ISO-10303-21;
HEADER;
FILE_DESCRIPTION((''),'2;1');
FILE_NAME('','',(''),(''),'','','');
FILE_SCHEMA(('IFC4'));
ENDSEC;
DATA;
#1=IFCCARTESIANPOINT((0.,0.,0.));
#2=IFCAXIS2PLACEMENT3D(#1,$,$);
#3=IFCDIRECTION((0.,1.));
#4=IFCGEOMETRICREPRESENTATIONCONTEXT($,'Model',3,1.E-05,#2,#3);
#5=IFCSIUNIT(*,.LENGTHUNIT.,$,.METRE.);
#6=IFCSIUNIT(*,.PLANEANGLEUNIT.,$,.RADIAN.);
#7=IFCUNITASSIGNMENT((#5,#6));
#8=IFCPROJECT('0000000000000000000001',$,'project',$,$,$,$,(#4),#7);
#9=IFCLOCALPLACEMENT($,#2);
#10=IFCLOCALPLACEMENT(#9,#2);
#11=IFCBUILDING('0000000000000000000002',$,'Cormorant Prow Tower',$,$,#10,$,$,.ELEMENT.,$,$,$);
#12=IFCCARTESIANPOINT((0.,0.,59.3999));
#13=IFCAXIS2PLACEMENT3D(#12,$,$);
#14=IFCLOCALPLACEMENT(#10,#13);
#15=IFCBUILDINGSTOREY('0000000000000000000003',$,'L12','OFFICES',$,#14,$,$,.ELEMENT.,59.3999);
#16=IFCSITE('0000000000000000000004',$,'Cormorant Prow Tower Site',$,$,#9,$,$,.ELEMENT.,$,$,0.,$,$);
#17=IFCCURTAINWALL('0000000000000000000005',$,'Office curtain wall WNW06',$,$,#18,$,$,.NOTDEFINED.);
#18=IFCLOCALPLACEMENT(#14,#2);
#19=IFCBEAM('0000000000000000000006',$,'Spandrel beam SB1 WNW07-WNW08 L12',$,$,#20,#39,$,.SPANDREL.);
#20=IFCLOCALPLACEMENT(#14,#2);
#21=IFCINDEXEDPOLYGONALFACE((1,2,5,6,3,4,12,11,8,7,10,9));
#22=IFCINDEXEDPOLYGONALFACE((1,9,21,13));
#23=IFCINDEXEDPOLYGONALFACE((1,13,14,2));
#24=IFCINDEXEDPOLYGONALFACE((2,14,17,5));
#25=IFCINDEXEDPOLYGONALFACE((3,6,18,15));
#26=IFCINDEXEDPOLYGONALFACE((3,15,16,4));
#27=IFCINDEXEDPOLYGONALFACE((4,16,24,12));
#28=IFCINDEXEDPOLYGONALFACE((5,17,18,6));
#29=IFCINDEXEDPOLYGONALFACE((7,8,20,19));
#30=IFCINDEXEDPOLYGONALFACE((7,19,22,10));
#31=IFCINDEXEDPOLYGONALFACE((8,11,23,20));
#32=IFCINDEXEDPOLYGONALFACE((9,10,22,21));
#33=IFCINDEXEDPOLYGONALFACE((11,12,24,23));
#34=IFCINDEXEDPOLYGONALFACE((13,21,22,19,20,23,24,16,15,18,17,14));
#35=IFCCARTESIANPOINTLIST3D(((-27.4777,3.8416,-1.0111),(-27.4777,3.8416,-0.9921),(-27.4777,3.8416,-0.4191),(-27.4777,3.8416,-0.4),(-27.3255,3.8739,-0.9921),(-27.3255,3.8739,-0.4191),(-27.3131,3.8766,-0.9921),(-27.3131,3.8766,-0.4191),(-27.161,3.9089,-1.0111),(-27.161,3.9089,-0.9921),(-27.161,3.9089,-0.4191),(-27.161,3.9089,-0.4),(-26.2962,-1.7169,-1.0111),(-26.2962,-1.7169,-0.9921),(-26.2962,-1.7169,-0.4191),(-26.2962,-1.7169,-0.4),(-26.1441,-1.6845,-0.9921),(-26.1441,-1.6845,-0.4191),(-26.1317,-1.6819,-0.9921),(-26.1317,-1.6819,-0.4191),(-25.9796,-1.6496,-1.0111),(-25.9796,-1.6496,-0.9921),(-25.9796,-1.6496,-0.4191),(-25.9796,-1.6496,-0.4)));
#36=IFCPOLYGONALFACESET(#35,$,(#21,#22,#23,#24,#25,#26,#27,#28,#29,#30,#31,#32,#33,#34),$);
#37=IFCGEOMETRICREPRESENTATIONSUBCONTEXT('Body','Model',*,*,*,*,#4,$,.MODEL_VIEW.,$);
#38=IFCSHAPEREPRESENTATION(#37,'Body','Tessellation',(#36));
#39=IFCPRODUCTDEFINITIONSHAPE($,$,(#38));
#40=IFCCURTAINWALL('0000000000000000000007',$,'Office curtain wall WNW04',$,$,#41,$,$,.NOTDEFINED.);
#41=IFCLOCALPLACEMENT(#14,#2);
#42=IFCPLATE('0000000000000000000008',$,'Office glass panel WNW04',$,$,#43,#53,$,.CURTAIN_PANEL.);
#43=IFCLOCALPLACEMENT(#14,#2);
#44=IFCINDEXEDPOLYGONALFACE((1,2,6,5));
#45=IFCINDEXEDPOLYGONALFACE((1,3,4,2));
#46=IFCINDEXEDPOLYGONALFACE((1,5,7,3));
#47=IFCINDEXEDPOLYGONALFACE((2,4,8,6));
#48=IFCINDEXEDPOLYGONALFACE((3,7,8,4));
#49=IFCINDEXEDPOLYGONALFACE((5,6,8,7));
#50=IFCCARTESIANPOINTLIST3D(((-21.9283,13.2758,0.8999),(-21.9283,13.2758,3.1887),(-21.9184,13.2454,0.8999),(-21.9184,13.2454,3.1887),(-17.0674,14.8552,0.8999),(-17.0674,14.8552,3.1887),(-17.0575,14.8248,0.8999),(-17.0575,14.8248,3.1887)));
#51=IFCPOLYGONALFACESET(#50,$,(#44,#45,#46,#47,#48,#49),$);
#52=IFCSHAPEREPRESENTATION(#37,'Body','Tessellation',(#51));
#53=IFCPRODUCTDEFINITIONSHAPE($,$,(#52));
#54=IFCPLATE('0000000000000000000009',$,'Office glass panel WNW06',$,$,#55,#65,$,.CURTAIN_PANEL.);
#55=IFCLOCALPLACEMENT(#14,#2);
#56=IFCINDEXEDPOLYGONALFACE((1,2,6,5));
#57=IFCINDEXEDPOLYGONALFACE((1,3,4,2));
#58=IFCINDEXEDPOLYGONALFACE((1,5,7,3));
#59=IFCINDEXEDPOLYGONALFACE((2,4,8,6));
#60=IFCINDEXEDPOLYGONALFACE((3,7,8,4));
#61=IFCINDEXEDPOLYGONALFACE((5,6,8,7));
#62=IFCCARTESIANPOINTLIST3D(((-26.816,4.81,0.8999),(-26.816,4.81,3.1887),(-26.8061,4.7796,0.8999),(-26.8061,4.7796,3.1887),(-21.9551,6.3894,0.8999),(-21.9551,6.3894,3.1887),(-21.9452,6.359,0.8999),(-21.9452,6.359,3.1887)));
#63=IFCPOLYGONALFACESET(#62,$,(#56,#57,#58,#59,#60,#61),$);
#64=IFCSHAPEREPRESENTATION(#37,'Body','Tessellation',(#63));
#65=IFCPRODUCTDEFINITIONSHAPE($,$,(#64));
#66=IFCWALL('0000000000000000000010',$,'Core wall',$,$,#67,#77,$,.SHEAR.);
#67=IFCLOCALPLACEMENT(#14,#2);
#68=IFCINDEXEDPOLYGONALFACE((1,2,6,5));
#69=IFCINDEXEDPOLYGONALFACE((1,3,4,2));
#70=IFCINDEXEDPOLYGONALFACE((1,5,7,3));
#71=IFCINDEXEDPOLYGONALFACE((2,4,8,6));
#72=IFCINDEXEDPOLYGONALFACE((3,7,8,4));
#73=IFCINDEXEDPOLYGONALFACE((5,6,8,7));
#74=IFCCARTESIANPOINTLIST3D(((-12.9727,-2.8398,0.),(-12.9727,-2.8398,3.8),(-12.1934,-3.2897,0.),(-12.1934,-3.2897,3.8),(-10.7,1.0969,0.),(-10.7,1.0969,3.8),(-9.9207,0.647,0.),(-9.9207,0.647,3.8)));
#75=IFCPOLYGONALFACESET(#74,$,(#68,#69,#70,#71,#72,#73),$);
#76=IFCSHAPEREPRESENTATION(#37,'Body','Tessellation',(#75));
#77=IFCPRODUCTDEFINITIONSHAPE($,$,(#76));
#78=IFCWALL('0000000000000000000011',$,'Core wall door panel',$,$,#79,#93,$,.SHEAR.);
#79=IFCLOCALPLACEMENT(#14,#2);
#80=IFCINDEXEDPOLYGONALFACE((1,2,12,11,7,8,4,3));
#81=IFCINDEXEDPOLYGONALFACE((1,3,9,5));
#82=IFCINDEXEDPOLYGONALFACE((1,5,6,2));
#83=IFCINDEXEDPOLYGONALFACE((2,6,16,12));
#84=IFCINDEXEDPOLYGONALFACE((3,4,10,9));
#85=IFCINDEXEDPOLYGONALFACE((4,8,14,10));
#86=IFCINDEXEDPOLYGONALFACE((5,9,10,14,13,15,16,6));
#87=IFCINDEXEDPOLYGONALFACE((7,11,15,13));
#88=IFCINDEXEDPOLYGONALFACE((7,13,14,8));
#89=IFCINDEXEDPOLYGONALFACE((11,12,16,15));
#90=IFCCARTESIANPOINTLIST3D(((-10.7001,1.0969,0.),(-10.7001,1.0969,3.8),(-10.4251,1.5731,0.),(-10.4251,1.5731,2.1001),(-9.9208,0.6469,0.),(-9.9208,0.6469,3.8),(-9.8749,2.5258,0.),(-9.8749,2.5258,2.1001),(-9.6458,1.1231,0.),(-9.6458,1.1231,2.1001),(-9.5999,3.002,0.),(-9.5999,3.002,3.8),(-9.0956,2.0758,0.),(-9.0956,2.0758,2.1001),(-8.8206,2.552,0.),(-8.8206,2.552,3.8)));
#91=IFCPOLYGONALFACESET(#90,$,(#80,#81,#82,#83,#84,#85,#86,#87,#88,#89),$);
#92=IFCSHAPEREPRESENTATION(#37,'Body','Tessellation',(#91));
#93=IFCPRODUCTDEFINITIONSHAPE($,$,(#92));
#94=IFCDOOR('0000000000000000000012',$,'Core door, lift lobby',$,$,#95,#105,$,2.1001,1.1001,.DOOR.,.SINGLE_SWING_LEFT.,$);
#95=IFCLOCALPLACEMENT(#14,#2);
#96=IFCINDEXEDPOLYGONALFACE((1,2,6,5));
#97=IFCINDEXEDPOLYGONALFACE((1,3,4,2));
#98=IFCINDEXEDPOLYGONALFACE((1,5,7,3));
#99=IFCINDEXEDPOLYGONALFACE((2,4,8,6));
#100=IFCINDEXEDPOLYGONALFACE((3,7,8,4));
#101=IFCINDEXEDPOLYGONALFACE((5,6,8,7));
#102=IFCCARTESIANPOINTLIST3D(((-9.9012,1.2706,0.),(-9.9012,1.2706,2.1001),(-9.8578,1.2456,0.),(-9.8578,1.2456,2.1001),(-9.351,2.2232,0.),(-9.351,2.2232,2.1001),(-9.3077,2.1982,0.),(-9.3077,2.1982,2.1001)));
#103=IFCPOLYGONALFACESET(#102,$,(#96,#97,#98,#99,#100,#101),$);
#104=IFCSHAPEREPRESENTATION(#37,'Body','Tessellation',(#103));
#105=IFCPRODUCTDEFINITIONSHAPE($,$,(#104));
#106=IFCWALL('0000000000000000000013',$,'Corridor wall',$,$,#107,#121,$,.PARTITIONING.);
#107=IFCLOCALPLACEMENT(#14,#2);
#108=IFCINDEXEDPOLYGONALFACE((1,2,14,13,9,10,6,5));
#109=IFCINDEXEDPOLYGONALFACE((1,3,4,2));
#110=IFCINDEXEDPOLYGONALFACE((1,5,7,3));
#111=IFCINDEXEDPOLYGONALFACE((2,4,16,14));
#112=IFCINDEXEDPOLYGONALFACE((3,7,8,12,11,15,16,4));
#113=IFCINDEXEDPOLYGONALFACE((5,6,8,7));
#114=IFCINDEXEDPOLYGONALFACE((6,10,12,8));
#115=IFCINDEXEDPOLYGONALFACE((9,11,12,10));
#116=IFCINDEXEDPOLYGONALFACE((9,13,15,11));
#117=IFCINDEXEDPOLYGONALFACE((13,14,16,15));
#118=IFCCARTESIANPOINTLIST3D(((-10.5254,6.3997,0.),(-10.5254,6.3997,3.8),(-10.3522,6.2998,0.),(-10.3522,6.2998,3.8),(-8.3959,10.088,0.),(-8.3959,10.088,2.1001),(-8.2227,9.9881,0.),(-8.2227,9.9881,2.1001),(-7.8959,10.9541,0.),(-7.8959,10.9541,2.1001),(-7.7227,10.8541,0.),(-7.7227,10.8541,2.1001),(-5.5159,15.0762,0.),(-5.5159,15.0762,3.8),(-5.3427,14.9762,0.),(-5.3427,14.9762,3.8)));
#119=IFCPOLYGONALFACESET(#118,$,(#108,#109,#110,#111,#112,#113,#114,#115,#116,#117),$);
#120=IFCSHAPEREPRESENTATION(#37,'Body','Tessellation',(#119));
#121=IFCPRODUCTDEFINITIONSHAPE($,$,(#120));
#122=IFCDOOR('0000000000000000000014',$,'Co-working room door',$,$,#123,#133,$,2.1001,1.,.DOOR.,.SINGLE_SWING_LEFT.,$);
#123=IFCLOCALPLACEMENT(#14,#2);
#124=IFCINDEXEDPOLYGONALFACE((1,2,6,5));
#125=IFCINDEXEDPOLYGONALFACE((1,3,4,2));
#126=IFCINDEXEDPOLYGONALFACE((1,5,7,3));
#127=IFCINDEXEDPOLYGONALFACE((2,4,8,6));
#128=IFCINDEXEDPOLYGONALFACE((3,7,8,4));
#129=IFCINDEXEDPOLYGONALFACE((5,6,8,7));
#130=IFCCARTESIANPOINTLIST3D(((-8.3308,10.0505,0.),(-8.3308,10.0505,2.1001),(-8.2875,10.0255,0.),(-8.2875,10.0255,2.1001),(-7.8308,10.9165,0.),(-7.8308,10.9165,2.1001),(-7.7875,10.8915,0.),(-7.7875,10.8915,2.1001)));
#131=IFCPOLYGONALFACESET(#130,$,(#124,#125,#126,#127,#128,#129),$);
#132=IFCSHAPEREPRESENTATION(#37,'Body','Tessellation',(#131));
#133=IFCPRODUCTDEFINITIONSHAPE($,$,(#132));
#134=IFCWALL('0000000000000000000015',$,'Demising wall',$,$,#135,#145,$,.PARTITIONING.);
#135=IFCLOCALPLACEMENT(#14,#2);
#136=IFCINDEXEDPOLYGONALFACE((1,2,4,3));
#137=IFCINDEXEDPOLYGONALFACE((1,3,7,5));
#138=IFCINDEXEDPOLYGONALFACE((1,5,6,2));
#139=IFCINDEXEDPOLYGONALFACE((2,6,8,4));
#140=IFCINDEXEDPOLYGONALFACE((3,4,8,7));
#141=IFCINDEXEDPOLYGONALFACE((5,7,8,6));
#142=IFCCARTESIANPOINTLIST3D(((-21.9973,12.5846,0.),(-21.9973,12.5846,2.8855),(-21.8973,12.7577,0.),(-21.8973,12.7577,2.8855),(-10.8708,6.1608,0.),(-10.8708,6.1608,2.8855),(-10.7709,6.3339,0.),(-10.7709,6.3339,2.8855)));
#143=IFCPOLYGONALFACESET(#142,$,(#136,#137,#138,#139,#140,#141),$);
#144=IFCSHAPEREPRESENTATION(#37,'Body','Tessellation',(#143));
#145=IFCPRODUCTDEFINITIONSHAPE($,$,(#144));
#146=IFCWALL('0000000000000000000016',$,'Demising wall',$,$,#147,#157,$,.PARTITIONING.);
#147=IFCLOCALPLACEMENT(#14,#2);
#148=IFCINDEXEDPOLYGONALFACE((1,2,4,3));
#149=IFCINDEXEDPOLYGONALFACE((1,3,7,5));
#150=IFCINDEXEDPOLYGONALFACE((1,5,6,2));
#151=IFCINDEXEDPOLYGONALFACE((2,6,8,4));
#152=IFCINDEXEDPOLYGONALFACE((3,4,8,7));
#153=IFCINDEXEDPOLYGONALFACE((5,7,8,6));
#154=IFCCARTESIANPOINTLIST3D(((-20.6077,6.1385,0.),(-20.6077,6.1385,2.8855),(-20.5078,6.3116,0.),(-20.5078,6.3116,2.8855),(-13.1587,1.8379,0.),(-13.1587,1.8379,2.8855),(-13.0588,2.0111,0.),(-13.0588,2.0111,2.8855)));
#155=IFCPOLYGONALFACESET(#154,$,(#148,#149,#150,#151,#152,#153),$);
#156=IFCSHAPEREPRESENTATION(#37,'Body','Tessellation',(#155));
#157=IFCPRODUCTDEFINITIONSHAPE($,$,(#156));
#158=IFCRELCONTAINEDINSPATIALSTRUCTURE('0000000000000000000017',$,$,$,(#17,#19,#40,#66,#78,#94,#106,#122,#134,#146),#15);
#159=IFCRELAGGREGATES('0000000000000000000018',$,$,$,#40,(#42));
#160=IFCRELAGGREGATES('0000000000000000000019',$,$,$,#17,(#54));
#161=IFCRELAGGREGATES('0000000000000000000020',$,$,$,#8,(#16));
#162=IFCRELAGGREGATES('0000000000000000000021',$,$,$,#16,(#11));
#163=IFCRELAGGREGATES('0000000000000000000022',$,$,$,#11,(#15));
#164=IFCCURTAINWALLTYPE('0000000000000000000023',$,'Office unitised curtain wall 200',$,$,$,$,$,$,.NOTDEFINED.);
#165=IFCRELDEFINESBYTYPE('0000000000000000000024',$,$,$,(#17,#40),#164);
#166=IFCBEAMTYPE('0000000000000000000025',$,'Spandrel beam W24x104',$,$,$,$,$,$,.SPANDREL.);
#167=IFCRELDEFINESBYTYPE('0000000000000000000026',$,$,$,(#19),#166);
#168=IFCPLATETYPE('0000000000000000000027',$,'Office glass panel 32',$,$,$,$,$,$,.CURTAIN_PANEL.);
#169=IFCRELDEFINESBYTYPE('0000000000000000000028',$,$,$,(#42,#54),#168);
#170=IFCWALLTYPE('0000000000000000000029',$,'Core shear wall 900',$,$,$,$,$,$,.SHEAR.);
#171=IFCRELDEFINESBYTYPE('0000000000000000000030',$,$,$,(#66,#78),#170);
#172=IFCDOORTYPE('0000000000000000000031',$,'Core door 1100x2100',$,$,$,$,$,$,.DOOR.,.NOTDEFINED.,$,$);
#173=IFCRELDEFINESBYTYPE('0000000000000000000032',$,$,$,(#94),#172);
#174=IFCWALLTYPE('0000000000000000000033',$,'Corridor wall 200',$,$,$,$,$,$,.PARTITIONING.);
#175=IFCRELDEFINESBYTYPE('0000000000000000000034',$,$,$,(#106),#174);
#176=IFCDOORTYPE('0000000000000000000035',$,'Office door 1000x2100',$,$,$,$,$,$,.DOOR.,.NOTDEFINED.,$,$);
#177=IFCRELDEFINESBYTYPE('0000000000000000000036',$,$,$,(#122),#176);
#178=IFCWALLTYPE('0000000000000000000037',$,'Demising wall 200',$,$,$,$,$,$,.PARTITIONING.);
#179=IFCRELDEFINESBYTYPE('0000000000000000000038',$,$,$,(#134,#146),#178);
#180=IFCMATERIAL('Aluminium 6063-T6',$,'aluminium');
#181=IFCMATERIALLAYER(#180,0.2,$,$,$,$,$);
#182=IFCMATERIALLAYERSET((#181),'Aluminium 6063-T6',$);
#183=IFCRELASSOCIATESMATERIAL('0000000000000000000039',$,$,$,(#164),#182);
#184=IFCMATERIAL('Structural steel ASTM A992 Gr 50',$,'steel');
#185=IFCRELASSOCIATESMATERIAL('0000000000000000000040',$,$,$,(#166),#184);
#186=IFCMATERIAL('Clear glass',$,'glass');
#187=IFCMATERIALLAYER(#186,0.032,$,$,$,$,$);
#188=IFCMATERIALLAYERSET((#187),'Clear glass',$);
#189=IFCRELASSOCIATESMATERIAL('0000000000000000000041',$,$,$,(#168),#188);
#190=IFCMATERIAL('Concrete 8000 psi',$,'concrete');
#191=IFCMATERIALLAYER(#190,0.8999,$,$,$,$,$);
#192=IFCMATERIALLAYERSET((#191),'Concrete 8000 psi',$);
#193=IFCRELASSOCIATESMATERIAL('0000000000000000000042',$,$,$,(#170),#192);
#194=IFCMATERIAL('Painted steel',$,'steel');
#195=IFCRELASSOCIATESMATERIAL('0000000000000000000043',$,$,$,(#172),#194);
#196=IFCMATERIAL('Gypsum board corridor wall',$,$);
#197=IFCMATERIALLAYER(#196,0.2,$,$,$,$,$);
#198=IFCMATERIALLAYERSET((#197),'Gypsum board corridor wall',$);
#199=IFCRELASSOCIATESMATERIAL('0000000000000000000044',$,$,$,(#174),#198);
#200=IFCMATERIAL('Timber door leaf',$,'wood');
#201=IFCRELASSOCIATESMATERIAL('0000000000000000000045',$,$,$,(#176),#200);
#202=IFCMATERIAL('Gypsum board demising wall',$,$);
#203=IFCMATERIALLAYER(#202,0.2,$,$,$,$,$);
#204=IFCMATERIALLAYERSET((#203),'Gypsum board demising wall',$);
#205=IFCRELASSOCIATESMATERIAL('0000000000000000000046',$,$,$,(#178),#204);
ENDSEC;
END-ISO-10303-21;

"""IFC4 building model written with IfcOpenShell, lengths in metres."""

from ifc_helpers import new_model, si_unit, direction, frame, frame_2d, origin, origin_2d, place, context, subcontext, project, spatial, rectangle, i_section, extrude, material, layer, layer_set, material_profile, profile_set, type_object, element, fill, aggregate, save


model = new_model("IFC4")

# Units and contexts
model_context = context("Model", 3, precision=1e-05, world=origin(), true_north=direction((0.0, 1.0)))
body_context = subcontext(model_context, "Body", "Model", "MODEL_VIEW")
ifc_project = project(units=[si_unit("LENGTHUNIT", "METRE"), si_unit("PLANEANGLEUNIT", "RADIAN")], contexts=[model_context])

# Site, building, storey
site_placement = place(None, origin())
site = spatial("IfcSite", under=ifc_project, at=site_placement, Name="Cormorant Prow Tower Site", CompositionType="ELEMENT", RefElevation=0.0)
building_placement = place(site_placement, origin())
building = spatial("IfcBuilding", under=site, at=building_placement, Name="Cormorant Prow Tower", CompositionType="ELEMENT")
storey_placement = place(building_placement, frame((0.0, 0.0, 59.3999)))
storey = spatial("IfcBuildingStorey", under=building, at=storey_placement, Name="L12", Description="OFFICES", CompositionType="ELEMENT", Elevation=59.3999)

# Curtain wall
ifc_material_1 = material(Name="Aluminium 6063-T6", Category="aluminium")
ifc_layer_1 = layer(ifc_material_1, 0.2)
ifc_layer_set_1 = layer_set([ifc_layer_1], Name="Aluminium 6063-T6")
curtain_wall_type = type_object("IfcCurtainWallType", Name="Office unitised curtain wall 200", PredefinedType="NOTDEFINED", material=ifc_layer_set_1)
curtain_wall_1_placement = place(storey_placement, origin())
curtain_wall_1 = element("IfcCurtainWall", 1, at=curtain_wall_1_placement, inside=storey, type_object=curtain_wall_type, Name="Office curtain wall WNW06", PredefinedType="NOTDEFINED")

# Beam
ifc_material_2 = material(Name="Structural steel ASTM A992 Gr 50", Category="steel")
ifc_material_profile_1 = material_profile(ifc_material_2, i_section(OverallWidth=0.3237, OverallDepth=0.6111, WebThickness=0.0127, FlangeThickness=0.019, at=origin_2d()), Name="W24x104")
ifc_profile_set_1 = profile_set([ifc_material_profile_1], Name="Structural steel ASTM A992 Gr 50")
beam_type_1 = type_object("IfcBeamType", Name="Spandrel beam W24x104", PredefinedType="SPANDREL", material=ifc_profile_set_1)
beam_1_placement = place(storey_placement, frame((-27.3193, 3.8752, -0.7056), z_axis=(0.2079, -0.97815, 0.0), x_axis=(0.97815, 0.2079, 0.0)))
element("IfcBeam", 2, at=beam_1_placement, inside=storey, type_object=beam_type_1, Name="Spandrel beam SB1 WNW07-WNW08 L12", PredefinedType="SPANDREL", context=body_context, shape_type="SweptSolid", body=[
    extrude(i_section(OverallWidth=0.3237, OverallDepth=0.6111, WebThickness=0.0127, FlangeThickness=0.019, at=origin_2d()), origin(), (0.0, 0.0, 1.0), 5.6826),
])

# Curtain wall, plate
curtain_wall_2_placement = place(storey_placement, origin())
curtain_wall_2 = element("IfcCurtainWall", 3, at=curtain_wall_2_placement, inside=storey, type_object=curtain_wall_type, Name="Office curtain wall WNW04", PredefinedType="NOTDEFINED")
ifc_material_3 = material(Name="Clear glass", Category="glass")
ifc_layer_2 = layer(ifc_material_3, 0.032)
ifc_layer_set_2 = layer_set([ifc_layer_2], Name="Clear glass")
plate_type = type_object("IfcPlateType", Name="Office glass panel 32", PredefinedType="CURTAIN_PANEL", material=ifc_layer_set_2)
plate_1_placement = place(storey_placement, frame((-19.4929, 14.0503, 0.8999), z_axis=(0.0, 0.0, 1.0), x_axis=(-0.951056, -0.309017, 0.0)))
plate_1 = element("IfcPlate", 4, at=plate_1_placement, type_object=plate_type, Name="Office glass panel WNW04", PredefinedType="CURTAIN_PANEL", context=body_context, shape_type="SweptSolid", body=[
    extrude(rectangle(XDim=5.1111, YDim=0.032, at=origin_2d()), origin(), (0.0, 0.0, 1.0), 2.2888),
])
aggregate(curtain_wall_2, [plate_1])

# Plate
plate_2_placement = place(storey_placement, frame((-24.3806, 5.5845, 0.8999), z_axis=(0.0, 0.0, 1.0), x_axis=(-0.951057, -0.309017, 0.0)))
plate_2 = element("IfcPlate", 5, at=plate_2_placement, type_object=plate_type, Name="Office glass panel WNW06", PredefinedType="CURTAIN_PANEL", context=body_context, shape_type="SweptSolid", body=[
    extrude(rectangle(XDim=5.1111, YDim=0.032, at=origin_2d()), origin(), (0.0, 0.0, 1.0), 2.2888),
])
aggregate(curtain_wall_1, [plate_2])

# Wall
ifc_material_4 = material(Name="Concrete 8000 psi", Category="concrete")
ifc_layer_3 = layer(ifc_material_4, 0.8999)
ifc_layer_set_3 = layer_set([ifc_layer_3], Name="Concrete 8000 psi")
wall_type_1 = type_object("IfcWallType", Name="Core shear wall 900", PredefinedType="SHEAR", material=ifc_layer_set_3)
wall_1_placement = place(storey_placement, frame((-10.3103, 0.8721, 0.0), z_axis=(0.0, 0.0, 1.0), x_axis=(-0.499969, -0.866043, 0.0)))
element("IfcWall", 6, at=wall_1_placement, inside=storey, type_object=wall_type_1, Name="Core wall", PredefinedType="SHEAR", context=body_context, shape_type="SweptSolid", body=[
    extrude(rectangle(XDim=4.5457, YDim=0.8999, at=frame_2d((2.2729, 0.0))), origin(), (0.0, 0.0, 1.0), 3.8),
])

# Walls, openings, doors
wall_2_placement = place(storey_placement, frame((-9.2102, 2.7771, 0.0), z_axis=(0.0, 0.0, 1.0), x_axis=(-0.500078, -0.86598, 0.0)))
wall_2 = element("IfcWall", 7, at=wall_2_placement, inside=storey, type_object=wall_type_1, Name="Core wall door panel", PredefinedType="SHEAR", context=body_context, shape_type="SweptSolid", body=[
    extrude(rectangle(XDim=2.2, YDim=0.8999, at=frame_2d((1.1001, 0.0))), origin(), (0.0, 0.0, 1.0), 3.8),
])
opening_1_placement = place(wall_2_placement, frame((0.55, 0.0, 0.0)))
opening_1 = element("IfcOpeningElement", 8, at=opening_1_placement, cuts=wall_2, PredefinedType="OPENING", context=body_context, shape_type="SweptSolid", body=[
    extrude(rectangle(XDim=1.1001, YDim=2.1001, at=frame_2d((0.55, 1.05))), frame((0.0, 0.46, 0.0), z_axis=(0.0, -1.0, 0.0), x_axis=(1.0, 0.0, 0.0)), (0.0, 0.0, 1.0), 0.9199),
])
ifc_material_5 = material(Name="Painted steel", Category="steel")
door_type_1 = type_object("IfcDoorType", Name="Core door 1100x2100", OperationType="NOTDEFINED", PredefinedType="DOOR", material=ifc_material_5)
door_1_placement = place(opening_1_placement, origin())
door_1 = element("IfcDoor", 9, at=door_1_placement, inside=storey, type_object=door_type_1, Name="Core door, lift lobby", OperationType="SINGLE_SWING_LEFT", OverallHeight=2.1001, OverallWidth=1.1001, PredefinedType="DOOR", context=body_context, shape_type="SweptSolid", body=[
    extrude(rectangle(XDim=1.1001, YDim=2.1001, at=frame_2d((0.55, 1.05))), frame((0.0, 0.2051, 0.0), z_axis=(0.0, -1.0, 0.0), x_axis=(1.0, 0.0, 0.0)), (0.0, 0.0, 1.0), 0.05),
])
fill(opening_1, door_1)
ifc_material_6 = material(Name="Gypsum board corridor wall")
ifc_layer_4 = layer(ifc_material_6, 0.2)
ifc_layer_set_4 = layer_set([ifc_layer_4], Name="Gypsum board corridor wall")
wall_type_2 = type_object("IfcWallType", Name="Corridor wall 200", PredefinedType="PARTITIONING", material=ifc_layer_set_4)
wall_3_placement = place(storey_placement, frame((-10.4387, 6.3499, 0.0), z_axis=(0.0, 0.0, 1.0), x_axis=(0.50001, 0.86602, 0.0)))
wall_3 = element("IfcWall", 10, at=wall_3_placement, inside=storey, type_object=wall_type_2, Name="Corridor wall", PredefinedType="PARTITIONING", context=body_context, shape_type="SweptSolid", body=[
    extrude(rectangle(XDim=10.0188, YDim=0.2, at=frame_2d((5.0093, 0.0))), origin(), (0.0, 0.0, 1.0), 3.8),
])
opening_2_placement = place(wall_3_placement, frame((4.2588, 0.0, 0.0)))
opening_2 = element("IfcOpeningElement", 11, at=opening_2_placement, cuts=wall_3, PredefinedType="OPENING", context=body_context, shape_type="SweptSolid", body=[
    extrude(rectangle(XDim=1.0, YDim=2.1001, at=frame_2d((0.5, 1.05))), frame((0.0, 0.1099, 0.0), z_axis=(0.0, -1.0, 0.0), x_axis=(1.0, 0.0, 0.0)), (0.0, 0.0, 1.0), 0.22),
])
ifc_material_7 = material(Name="Timber door leaf", Category="wood")
door_type_2 = type_object("IfcDoorType", Name="Office door 1000x2100", OperationType="NOTDEFINED", PredefinedType="DOOR", material=ifc_material_7)
door_2_placement = place(opening_2_placement, origin())
door_2 = element("IfcDoor", 12, at=door_2_placement, inside=storey, type_object=door_type_2, Name="Co-working room door", OperationType="SINGLE_SWING_LEFT", OverallHeight=2.1001, OverallWidth=1.0, PredefinedType="DOOR", context=body_context, shape_type="SweptSolid", body=[
    extrude(rectangle(XDim=1.0, YDim=2.1001, at=frame_2d((0.5, 1.05))), frame((0.0, 0.0249, 0.0), z_axis=(0.0, -1.0, 0.0), x_axis=(1.0, 0.0, 0.0)), (0.0, 0.0, 1.0), 0.05),
])
fill(opening_2, door_2)

# Walls
ifc_material_8 = material(Name="Gypsum board demising wall")
ifc_layer_5 = layer(ifc_material_8, 0.2)
ifc_layer_set_5 = layer_set([ifc_layer_5], Name="Gypsum board demising wall")
wall_type_3 = type_object("IfcWallType", Name="Demising wall 200", PredefinedType="PARTITIONING", material=ifc_layer_set_5)
wall_4_placement = place(storey_placement, frame((-21.9473, 12.6711, 0.0), z_axis=(0.0, 0.0, 1.0), x_axis=(0.866027, -0.499998, 0.0)))
element("IfcWall", 13, at=wall_4_placement, inside=storey, type_object=wall_type_3, Name="Demising wall", PredefinedType="PARTITIONING", context=body_context, shape_type="SweptSolid", body=[
    extrude(rectangle(XDim=12.8477, YDim=0.2, at=frame_2d((6.4238, 0.0))), origin(), (0.0, 0.0, 1.0), 2.8855),
])
wall_5_placement = place(storey_placement, frame((-20.5579, 6.2251, 0.0), z_axis=(0.0, 0.0, 1.0), x_axis=(0.866032, -0.499989, 0.0)))
element("IfcWall", 14, at=wall_5_placement, inside=storey, type_object=wall_type_3, Name="Demising wall", PredefinedType="PARTITIONING", context=body_context, shape_type="SweptSolid", body=[
    extrude(rectangle(XDim=8.6013, YDim=0.2, at=frame_2d((4.3008, 0.0))), origin(), (0.0, 0.0, 1.0), 2.8855),
])

save(model, "model.ifc")
